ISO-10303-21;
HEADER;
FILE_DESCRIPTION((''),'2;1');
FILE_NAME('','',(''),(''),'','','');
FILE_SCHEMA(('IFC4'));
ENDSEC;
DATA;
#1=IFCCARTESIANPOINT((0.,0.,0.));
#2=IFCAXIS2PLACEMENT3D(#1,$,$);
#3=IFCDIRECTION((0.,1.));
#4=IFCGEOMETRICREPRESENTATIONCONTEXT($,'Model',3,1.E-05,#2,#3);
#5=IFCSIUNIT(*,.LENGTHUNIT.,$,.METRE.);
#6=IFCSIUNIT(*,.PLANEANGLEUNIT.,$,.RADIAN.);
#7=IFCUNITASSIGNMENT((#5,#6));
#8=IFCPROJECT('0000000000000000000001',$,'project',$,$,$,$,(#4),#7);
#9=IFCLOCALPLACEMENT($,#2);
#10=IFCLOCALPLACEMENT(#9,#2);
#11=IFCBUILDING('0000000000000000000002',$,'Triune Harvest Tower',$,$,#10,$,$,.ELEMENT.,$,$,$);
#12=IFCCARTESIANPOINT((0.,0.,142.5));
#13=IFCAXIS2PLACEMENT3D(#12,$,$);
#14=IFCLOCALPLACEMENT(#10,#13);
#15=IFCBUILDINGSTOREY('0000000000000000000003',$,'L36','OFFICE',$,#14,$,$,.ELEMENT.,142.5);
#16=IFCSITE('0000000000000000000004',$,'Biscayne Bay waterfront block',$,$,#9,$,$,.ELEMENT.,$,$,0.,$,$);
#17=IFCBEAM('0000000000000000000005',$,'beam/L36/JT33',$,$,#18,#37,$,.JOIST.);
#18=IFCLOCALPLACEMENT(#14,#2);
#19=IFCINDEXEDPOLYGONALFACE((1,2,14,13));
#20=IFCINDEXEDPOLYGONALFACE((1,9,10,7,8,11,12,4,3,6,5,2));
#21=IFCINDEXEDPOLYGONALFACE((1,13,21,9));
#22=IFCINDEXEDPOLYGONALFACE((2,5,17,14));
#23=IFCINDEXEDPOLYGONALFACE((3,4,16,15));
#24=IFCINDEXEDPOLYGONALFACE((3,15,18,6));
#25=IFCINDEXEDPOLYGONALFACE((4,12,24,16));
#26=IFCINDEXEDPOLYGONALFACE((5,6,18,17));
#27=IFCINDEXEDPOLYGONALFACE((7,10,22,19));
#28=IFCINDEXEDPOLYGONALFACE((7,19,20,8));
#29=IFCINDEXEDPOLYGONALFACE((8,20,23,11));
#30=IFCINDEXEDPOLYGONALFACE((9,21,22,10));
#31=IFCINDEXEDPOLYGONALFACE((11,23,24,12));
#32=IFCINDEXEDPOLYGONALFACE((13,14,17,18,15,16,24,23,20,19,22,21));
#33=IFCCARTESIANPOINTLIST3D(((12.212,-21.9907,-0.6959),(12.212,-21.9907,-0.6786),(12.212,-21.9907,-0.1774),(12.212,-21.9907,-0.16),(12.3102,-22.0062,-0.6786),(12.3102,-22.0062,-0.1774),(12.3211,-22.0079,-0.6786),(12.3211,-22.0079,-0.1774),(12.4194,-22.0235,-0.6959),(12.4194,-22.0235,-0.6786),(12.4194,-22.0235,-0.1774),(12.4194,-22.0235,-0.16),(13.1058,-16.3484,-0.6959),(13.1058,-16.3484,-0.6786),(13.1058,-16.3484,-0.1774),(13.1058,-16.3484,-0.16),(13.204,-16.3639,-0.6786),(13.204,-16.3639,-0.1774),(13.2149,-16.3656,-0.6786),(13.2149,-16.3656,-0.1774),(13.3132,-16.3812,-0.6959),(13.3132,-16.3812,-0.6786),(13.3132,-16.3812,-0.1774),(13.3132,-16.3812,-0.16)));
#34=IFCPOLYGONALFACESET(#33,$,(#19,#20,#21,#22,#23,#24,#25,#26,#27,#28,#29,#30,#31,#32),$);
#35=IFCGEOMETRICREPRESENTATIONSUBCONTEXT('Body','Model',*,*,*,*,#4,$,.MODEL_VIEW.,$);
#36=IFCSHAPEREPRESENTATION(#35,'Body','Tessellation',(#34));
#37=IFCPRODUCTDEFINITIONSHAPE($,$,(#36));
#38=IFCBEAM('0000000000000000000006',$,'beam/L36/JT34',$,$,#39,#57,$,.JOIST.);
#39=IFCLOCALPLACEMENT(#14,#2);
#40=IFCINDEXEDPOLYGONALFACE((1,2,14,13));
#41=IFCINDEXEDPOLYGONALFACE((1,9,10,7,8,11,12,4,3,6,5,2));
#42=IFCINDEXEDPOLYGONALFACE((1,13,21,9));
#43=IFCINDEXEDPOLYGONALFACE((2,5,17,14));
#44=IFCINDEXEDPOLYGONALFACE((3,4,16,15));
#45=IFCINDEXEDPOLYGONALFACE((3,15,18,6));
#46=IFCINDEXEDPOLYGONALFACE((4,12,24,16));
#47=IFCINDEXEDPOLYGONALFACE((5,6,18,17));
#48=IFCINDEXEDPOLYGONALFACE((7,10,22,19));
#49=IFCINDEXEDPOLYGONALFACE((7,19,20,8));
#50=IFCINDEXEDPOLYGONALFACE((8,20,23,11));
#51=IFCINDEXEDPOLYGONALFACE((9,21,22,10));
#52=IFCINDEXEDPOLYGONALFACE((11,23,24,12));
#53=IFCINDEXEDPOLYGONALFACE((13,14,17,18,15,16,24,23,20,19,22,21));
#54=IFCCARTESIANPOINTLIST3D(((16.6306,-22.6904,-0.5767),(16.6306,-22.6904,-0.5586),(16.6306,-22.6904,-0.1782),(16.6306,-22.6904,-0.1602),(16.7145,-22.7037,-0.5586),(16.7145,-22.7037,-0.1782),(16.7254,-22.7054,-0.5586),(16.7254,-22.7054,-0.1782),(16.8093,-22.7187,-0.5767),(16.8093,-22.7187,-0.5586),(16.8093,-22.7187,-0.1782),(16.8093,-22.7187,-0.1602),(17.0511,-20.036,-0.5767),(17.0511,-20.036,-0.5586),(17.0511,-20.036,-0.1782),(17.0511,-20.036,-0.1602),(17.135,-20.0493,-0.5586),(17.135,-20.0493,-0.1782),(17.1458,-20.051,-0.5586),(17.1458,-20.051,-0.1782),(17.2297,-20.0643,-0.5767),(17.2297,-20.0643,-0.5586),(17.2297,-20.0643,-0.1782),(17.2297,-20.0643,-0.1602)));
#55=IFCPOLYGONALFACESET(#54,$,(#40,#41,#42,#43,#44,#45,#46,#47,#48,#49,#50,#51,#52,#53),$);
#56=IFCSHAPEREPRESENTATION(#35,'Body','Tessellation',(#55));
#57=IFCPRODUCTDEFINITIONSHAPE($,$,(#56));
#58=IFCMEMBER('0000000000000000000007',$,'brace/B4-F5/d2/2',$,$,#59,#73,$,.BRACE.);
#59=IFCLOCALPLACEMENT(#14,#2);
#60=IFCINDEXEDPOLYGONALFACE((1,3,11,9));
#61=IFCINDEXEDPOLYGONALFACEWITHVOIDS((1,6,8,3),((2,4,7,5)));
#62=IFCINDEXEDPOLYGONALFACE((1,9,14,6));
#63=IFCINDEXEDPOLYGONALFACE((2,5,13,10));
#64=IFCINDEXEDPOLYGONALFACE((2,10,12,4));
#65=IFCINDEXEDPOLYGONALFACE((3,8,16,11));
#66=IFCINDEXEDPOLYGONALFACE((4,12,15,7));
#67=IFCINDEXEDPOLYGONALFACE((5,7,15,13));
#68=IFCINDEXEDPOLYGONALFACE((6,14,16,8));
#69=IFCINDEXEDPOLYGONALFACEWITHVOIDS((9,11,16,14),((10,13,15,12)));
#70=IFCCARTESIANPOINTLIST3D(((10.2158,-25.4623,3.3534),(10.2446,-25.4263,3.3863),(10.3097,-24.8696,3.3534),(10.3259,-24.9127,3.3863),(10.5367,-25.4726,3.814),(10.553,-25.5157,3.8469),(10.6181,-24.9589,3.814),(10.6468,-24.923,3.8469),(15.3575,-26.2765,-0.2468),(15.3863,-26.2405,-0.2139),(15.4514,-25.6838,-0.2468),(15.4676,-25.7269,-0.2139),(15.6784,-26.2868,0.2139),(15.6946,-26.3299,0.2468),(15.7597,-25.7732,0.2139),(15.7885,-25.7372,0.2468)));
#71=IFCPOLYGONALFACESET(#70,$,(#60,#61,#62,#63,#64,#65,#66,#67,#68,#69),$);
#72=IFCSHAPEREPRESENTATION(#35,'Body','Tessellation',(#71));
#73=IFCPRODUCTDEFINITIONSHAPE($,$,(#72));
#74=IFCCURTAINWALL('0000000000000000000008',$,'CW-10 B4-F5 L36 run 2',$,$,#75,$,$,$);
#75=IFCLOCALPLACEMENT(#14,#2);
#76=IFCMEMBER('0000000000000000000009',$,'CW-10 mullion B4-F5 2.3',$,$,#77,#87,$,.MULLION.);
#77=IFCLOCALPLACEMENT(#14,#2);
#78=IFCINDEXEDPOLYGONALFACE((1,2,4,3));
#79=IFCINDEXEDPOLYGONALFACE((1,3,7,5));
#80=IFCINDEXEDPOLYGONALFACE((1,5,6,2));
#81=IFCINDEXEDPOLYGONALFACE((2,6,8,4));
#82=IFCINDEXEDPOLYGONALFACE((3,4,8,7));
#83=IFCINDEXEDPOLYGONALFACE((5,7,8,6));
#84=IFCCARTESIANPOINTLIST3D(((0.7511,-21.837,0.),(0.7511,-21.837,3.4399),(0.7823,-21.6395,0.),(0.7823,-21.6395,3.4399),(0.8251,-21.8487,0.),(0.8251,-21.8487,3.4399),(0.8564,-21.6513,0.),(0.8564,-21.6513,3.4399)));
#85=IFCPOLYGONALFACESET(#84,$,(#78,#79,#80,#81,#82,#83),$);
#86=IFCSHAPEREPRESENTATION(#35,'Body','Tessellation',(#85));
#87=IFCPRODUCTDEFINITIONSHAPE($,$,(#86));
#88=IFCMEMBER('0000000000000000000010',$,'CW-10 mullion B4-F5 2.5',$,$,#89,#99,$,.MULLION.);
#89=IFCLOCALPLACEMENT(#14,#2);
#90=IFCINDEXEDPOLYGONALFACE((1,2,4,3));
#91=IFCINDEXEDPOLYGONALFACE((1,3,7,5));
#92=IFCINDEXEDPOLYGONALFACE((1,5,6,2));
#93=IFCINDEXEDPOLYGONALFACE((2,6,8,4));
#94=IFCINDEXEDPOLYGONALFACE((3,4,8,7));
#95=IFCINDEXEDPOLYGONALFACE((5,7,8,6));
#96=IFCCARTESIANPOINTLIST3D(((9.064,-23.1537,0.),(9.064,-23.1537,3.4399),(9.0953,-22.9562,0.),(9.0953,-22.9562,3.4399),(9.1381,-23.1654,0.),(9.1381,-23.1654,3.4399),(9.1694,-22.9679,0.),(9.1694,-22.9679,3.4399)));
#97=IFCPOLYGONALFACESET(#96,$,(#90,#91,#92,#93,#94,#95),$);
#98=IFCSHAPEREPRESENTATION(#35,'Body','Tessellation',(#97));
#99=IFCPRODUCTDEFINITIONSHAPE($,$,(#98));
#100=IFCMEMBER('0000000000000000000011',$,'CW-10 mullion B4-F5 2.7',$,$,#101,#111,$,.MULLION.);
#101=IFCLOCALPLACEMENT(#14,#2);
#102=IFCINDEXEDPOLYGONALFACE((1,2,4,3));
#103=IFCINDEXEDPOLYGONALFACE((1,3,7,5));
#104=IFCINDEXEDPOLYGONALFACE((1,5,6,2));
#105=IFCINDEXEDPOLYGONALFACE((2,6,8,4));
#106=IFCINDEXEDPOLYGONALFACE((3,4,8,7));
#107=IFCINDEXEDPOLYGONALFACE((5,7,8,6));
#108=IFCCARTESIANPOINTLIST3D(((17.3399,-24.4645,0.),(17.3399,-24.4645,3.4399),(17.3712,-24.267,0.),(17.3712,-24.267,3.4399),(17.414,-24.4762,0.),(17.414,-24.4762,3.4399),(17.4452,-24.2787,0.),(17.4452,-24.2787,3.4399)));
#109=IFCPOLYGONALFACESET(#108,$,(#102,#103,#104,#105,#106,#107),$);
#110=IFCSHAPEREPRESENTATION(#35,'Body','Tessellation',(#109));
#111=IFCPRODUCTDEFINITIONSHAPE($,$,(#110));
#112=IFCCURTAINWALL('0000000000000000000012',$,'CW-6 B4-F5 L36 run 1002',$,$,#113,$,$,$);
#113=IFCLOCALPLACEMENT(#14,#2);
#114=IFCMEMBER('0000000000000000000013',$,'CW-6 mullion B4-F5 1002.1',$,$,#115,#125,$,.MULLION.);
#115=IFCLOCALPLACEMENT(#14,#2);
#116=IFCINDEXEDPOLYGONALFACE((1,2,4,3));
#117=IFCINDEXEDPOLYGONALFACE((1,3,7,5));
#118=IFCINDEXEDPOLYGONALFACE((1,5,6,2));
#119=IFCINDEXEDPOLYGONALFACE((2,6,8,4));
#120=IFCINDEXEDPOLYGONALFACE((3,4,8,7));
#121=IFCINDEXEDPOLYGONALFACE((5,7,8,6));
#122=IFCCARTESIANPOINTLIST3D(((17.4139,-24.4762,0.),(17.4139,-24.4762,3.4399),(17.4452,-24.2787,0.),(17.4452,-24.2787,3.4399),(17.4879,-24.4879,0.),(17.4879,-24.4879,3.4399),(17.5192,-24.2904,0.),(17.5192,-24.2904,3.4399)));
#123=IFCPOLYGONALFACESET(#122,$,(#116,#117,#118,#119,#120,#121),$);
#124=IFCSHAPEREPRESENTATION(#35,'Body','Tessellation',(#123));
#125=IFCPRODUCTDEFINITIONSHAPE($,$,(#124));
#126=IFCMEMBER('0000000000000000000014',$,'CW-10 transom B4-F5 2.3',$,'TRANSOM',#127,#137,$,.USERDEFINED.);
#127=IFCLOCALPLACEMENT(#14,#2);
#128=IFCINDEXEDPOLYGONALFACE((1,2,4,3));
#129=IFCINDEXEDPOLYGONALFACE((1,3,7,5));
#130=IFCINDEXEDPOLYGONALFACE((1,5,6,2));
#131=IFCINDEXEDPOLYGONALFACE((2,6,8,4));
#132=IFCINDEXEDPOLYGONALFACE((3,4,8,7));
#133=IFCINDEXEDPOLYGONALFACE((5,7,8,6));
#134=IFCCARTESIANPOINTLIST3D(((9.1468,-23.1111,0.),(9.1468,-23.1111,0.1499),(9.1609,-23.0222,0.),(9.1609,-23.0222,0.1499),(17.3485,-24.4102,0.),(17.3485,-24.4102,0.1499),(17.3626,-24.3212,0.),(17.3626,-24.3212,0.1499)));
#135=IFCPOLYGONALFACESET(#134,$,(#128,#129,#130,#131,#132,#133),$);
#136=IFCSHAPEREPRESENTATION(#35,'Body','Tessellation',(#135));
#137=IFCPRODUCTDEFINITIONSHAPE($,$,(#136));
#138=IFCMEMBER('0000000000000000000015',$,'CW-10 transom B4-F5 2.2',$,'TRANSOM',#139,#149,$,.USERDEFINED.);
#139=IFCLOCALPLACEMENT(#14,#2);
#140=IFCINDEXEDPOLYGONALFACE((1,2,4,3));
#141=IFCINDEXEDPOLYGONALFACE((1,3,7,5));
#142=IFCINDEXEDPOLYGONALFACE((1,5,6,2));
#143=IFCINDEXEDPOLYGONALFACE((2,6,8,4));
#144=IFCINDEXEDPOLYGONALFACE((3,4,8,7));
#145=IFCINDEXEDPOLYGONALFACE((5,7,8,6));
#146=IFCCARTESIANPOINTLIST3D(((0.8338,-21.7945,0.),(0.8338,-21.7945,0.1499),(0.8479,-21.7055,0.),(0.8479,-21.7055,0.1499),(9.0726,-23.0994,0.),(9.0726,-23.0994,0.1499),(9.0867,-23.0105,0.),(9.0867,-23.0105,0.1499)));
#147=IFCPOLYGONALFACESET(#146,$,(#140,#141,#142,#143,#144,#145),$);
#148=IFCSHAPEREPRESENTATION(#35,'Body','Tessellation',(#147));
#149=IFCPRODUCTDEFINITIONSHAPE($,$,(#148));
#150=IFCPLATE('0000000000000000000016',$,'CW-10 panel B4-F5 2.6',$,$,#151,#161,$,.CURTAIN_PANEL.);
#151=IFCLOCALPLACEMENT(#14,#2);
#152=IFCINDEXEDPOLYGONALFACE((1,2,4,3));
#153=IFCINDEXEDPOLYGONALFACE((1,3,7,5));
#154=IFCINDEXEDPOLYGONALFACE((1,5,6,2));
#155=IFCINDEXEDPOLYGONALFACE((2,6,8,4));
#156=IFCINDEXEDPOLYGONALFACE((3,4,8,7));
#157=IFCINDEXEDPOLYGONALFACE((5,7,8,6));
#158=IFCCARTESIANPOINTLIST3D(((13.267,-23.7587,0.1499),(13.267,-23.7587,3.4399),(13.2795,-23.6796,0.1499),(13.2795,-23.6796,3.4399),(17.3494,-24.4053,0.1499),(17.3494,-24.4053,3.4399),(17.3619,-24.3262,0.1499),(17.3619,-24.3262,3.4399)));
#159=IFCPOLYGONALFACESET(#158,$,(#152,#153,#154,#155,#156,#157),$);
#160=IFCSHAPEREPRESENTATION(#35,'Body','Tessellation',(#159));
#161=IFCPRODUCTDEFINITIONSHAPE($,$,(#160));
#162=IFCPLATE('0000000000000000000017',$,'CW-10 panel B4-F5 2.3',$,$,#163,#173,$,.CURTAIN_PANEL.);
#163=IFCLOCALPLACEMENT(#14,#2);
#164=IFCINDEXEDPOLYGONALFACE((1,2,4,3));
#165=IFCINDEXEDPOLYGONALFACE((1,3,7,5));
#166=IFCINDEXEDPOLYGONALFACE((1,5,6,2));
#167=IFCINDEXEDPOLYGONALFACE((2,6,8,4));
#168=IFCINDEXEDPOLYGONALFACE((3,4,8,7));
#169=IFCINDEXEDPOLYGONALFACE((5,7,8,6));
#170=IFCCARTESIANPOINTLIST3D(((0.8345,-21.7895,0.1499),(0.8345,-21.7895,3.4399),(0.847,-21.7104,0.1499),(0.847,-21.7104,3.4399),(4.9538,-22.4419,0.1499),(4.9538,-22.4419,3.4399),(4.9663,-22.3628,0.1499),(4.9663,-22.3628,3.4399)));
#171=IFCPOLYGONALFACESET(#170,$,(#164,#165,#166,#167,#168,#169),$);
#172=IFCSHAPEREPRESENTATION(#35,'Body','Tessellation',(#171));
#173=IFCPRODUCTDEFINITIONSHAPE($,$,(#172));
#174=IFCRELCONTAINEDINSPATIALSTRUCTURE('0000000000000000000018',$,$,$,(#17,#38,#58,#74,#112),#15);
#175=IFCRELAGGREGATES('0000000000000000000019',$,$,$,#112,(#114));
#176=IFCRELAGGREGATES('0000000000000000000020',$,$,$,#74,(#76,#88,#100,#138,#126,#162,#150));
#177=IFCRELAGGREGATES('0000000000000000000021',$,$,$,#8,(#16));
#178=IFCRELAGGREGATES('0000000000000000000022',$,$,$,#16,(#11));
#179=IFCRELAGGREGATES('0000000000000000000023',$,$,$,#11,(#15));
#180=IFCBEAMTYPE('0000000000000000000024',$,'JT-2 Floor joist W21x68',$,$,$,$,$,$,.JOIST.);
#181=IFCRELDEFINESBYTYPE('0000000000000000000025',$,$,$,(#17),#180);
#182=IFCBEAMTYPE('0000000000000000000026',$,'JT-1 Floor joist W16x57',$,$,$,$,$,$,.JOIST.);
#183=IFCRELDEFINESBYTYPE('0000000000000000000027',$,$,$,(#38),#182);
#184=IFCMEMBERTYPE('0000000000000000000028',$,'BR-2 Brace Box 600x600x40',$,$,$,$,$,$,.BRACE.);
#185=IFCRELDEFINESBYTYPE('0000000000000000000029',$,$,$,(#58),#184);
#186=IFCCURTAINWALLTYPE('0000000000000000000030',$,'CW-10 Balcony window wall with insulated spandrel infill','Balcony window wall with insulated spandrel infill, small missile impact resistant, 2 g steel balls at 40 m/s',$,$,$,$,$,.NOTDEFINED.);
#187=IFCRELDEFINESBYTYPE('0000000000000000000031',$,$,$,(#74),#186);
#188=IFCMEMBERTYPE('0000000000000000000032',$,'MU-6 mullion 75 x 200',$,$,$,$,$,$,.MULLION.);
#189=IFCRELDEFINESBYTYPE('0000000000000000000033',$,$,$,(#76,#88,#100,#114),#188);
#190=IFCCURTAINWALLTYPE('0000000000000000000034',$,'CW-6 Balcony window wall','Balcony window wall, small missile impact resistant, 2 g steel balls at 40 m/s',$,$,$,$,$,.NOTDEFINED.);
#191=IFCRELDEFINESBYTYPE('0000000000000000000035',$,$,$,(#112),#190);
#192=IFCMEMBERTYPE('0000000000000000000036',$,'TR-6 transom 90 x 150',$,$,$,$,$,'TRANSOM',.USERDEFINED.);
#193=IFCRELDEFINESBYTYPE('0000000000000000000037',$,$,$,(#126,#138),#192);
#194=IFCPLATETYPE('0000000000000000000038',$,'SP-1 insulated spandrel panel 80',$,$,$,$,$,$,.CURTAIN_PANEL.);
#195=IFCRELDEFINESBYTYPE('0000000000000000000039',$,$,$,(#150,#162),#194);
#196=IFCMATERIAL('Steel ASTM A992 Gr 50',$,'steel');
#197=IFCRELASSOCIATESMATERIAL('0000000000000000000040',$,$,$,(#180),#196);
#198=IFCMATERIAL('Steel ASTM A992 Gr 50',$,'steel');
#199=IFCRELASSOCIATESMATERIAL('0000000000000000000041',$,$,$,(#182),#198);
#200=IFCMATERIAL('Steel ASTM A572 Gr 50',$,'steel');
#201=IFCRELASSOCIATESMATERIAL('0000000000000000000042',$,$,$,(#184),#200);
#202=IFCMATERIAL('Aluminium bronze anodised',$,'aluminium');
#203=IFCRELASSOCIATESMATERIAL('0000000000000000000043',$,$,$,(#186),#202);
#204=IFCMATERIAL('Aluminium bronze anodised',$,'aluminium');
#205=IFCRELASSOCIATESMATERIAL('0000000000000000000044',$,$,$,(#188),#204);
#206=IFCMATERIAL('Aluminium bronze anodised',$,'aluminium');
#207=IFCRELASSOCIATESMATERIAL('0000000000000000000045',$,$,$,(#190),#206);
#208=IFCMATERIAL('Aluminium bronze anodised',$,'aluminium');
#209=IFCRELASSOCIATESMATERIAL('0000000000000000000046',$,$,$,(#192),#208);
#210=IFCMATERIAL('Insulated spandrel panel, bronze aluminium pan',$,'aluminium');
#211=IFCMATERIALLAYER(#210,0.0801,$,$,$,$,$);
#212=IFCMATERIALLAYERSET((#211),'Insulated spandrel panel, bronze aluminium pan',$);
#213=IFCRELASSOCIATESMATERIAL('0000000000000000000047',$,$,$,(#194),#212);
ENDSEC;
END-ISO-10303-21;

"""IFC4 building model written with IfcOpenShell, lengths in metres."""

from ifc_helpers import new_model, si_unit, direction, frame, origin, origin_2d, place, context, subcontext, project, spatial, rectangle, hollow_rectangle, i_section, extrude, source, transform, mapped, material, layer, layer_set, material_profile, profile_set, type_object, element, aggregate, save


model = new_model("IFC4")

# Units and contexts
model_context = context("Model", 3, precision=1e-05, world=origin(), true_north=direction((0.0, 1.0)))
body_context = subcontext(model_context, "Body", "Model", "MODEL_VIEW")
ifc_project = project(units=[si_unit("LENGTHUNIT", "METRE"), si_unit("PLANEANGLEUNIT", "RADIAN")], contexts=[model_context])

# Site, building, storey
site_placement = place(None, origin())
site = spatial("IfcSite", under=ifc_project, at=site_placement, Name="Biscayne Bay waterfront block", CompositionType="ELEMENT", RefElevation=0.0)
building_placement = place(site_placement, origin())
building = spatial("IfcBuilding", under=site, at=building_placement, Name="Triune Harvest Tower", CompositionType="ELEMENT")
storey_placement = place(building_placement, frame((0.0, 0.0, 142.5)))
storey = spatial("IfcBuildingStorey", under=building, at=storey_placement, Name="L36", Description="OFFICE", CompositionType="ELEMENT", Elevation=142.5)

# Beams
ifc_material_1 = material(Name="Steel ASTM A992 Gr 50", Category="steel")
ifc_material_profile_1 = material_profile(ifc_material_1, i_section(OverallWidth=0.21, OverallDepth=0.5359, WebThickness=0.011, FlangeThickness=0.0173, at=origin_2d()), Name="W21x68")
ifc_profile_set_1 = profile_set([ifc_material_profile_1], Name="Steel ASTM A992 Gr 50")
beam_type_1 = type_object("IfcBeamType", Name="JT-2 Floor joist W21x68", PredefinedType="JOIST", material=ifc_profile_set_1)
shared_shape_1 = source(origin(), body_context, "Body", "SweptSolid", [
    extrude(i_section(OverallWidth=0.21, OverallDepth=0.5359, WebThickness=0.011, FlangeThickness=0.0173, at=origin_2d()), origin(), (0.0, 0.0, 1.0), 5.7126),
])
beam_1_placement = place(storey_placement, frame((12.3157, -22.0071, -0.428), z_axis=(0.156459, 0.987685, 0.0), x_axis=(-0.987685, 0.156459, 0.0)))
element("IfcBeam", 1, at=beam_1_placement, inside=storey, type_object=beam_type_1, Name="beam/L36/JT33", PredefinedType="JOIST", context=body_context, shape_type="MappedRepresentation", body=[
    mapped(shared_shape_1, transform((0.0, 0.0, 0.0), scale=1.0)),
])
ifc_material_2 = material(Name="Steel ASTM A992 Gr 50", Category="steel")
ifc_material_profile_2 = material_profile(ifc_material_2, i_section(OverallWidth=0.1809, OverallDepth=0.4165, WebThickness=0.011, FlangeThickness=0.0181, at=origin_2d()), Name="W16x57")
ifc_profile_set_2 = profile_set([ifc_material_profile_2], Name="Steel ASTM A992 Gr 50")
beam_type_2 = type_object("IfcBeamType", Name="JT-1 Floor joist W16x57", PredefinedType="JOIST", material=ifc_profile_set_2)
shared_shape_2 = source(origin(), body_context, "Body", "SweptSolid", [
    extrude(i_section(OverallWidth=0.1809, OverallDepth=0.4165, WebThickness=0.011, FlangeThickness=0.0181, at=origin_2d()), origin(), (0.0, 0.0, 1.0), 2.6875),
])
beam_2_placement = place(storey_placement, frame((16.72, -22.7046, -0.3684), z_axis=(0.156438, 0.987688, 0.0), x_axis=(-0.987688, 0.156438, 0.0)))
element("IfcBeam", 2, at=beam_2_placement, inside=storey, type_object=beam_type_2, Name="beam/L36/JT34", PredefinedType="JOIST", context=body_context, shape_type="MappedRepresentation", body=[
    mapped(shared_shape_2, transform((0.0, 0.0, 0.0), scale=1.0)),
])

# Member
ifc_material_3 = material(Name="Steel ASTM A572 Gr 50", Category="steel")
ifc_material_profile_3 = material_profile(ifc_material_3, hollow_rectangle(XDim=0.6001, YDim=0.6001, WallThickness=0.04, at=origin_2d()), Name="Box 600x600x40")
ifc_profile_set_3 = profile_set([ifc_material_profile_3], Name="Steel ASTM A572 Gr 50")
member_type_1 = type_object("IfcMemberType", Name="BR-2 Brace Box 600x600x40", PredefinedType="BRACE", material=ifc_profile_set_3)
shared_shape_3 = source(origin(), body_context, "Body", "SweptSolid", [
    extrude(hollow_rectangle(XDim=0.6001, YDim=0.6001, WallThickness=0.04, at=origin_2d()), origin(), (0.0, 0.0, 1.0), 6.3293),
])
member_1_placement = place(storey_placement, frame((15.573, -26.0068, 0.0), z_axis=(-0.812353, 0.128642, 0.568801), x_axis=(-0.156408, -0.987693, 0.0)))
element("IfcMember", 3, at=member_1_placement, inside=storey, type_object=member_type_1, Name="brace/B4-F5/d2/2", PredefinedType="BRACE", context=body_context, shape_type="MappedRepresentation", body=[
    mapped(shared_shape_3, transform((0.0, 0.0, 0.0), scale=1.0)),
])

# Curtain wall, members
ifc_material_4 = material(Name="Aluminium bronze anodised", Category="aluminium")
curtain_wall_type_1 = type_object("IfcCurtainWallType", Name="CW-10 Balcony window wall with insulated spandrel infill", Description="Balcony window wall with insulated spandrel infill, small missile impact resistant, 2 g steel balls at 40 m/s", PredefinedType="NOTDEFINED", material=ifc_material_4)
curtain_wall_1_placement = place(storey_placement, origin())
curtain_wall_1 = element("IfcCurtainWall", 4, at=curtain_wall_1_placement, inside=storey, type_object=curtain_wall_type_1, Name="CW-10 B4-F5 L36 run 2")
ifc_material_5 = material(Name="Aluminium bronze anodised", Category="aluminium")
ifc_material_profile_4 = material_profile(ifc_material_5, rectangle(XDim=0.2, YDim=0.075, at=origin_2d()), Name="MU-6 mullion 75 x 200")
ifc_profile_set_4 = profile_set([ifc_material_profile_4], Name="Aluminium bronze anodised")
member_type_2 = type_object("IfcMemberType", Name="MU-6 mullion 75 x 200", PredefinedType="MULLION", material=ifc_profile_set_4)
shared_shape_4 = source(origin(), body_context, "Body", "SweptSolid", [
    extrude(rectangle(XDim=0.2, YDim=0.075, at=origin_2d()), origin(), (0.0, 0.0, 1.0), 3.4399),
])
member_2_placement = place(storey_placement, frame((0.8037, -21.7441, 0.0), z_axis=(0.0, 0.0, 1.0), x_axis=(0.156435, 0.987688, 0.0)))
member_2 = element("IfcMember", 5, at=member_2_placement, type_object=member_type_2, Name="CW-10 mullion B4-F5 2.3", PredefinedType="MULLION", context=body_context, shape_type="MappedRepresentation", body=[
    mapped(shared_shape_4, transform((0.0, 0.0, 0.0), scale=1.0)),
])
member_3_placement = place(storey_placement, frame((9.1167, -23.0608, 0.0), z_axis=(0.0, 0.0, 1.0), x_axis=(0.156435, 0.987688, 0.0)))
member_3 = element("IfcMember", 6, at=member_3_placement, type_object=member_type_2, Name="CW-10 mullion B4-F5 2.5", PredefinedType="MULLION", context=body_context, shape_type="MappedRepresentation", body=[
    mapped(shared_shape_4, transform((0.0, 0.0, 0.0), scale=1.0)),
])
member_4_placement = place(storey_placement, frame((17.3926, -24.3716, 0.0), z_axis=(0.0, 0.0, 1.0), x_axis=(0.156435, 0.987688, 0.0)))
member_4 = element("IfcMember", 7, at=member_4_placement, type_object=member_type_2, Name="CW-10 mullion B4-F5 2.7", PredefinedType="MULLION", context=body_context, shape_type="MappedRepresentation", body=[
    mapped(shared_shape_4, transform((0.0, 0.0, 0.0), scale=1.0)),
])

# Curtain wall, member
ifc_material_6 = material(Name="Aluminium bronze anodised", Category="aluminium")
curtain_wall_type_2 = type_object("IfcCurtainWallType", Name="CW-6 Balcony window wall", Description="Balcony window wall, small missile impact resistant, 2 g steel balls at 40 m/s", PredefinedType="NOTDEFINED", material=ifc_material_6)
curtain_wall_2_placement = place(storey_placement, origin())
curtain_wall_2 = element("IfcCurtainWall", 8, at=curtain_wall_2_placement, inside=storey, type_object=curtain_wall_type_2, Name="CW-6 B4-F5 L36 run 1002")
member_5_placement = place(storey_placement, frame((17.4666, -24.3833, 0.0), z_axis=(0.0, 0.0, 1.0), x_axis=(0.156433, 0.987689, 0.0)))
member_5 = element("IfcMember", 9, at=member_5_placement, type_object=member_type_2, Name="CW-6 mullion B4-F5 1002.1", PredefinedType="MULLION", context=body_context, shape_type="MappedRepresentation", body=[
    mapped(shared_shape_4, transform((0.0, 0.0, 0.0), scale=1.0)),
])
aggregate(curtain_wall_2, [member_5])

# Members
ifc_material_7 = material(Name="Aluminium bronze anodised", Category="aluminium")
ifc_material_profile_5 = material_profile(ifc_material_7, rectangle(XDim=0.0901, YDim=0.1499, at=origin_2d()), Name="TR-6 transom 90 x 150")
ifc_profile_set_5 = profile_set([ifc_material_profile_5], Name="Aluminium bronze anodised")
member_type_3 = type_object("IfcMemberType", Name="TR-6 transom 90 x 150", ElementType="TRANSOM", PredefinedType="USERDEFINED", material=ifc_profile_set_5)
shared_shape_5 = source(origin(), body_context, "Body", "SweptSolid", [
    extrude(rectangle(XDim=0.0901, YDim=0.1499, at=origin_2d()), origin(), (0.0, 0.0, 1.0), 8.304),
])
member_6_placement = place(storey_placement, frame((9.1538, -23.0667, 0.075), z_axis=(0.987687, -0.156441, 0.0), x_axis=(0.156441, 0.987687, 0.0)))
member_6 = element("IfcMember", 10, at=member_6_placement, type_object=member_type_3, Name="CW-10 transom B4-F5 2.3", ObjectType="TRANSOM", PredefinedType="USERDEFINED", context=body_context, shape_type="MappedRepresentation", body=[
    mapped(shared_shape_5, transform((0.0, 0.0, 0.0), scale=1.0)),
])
shared_shape_6 = source(origin(), body_context, "Body", "SweptSolid", [
    extrude(rectangle(XDim=0.0901, YDim=0.1499, at=origin_2d()), origin(), (0.0, 0.0, 1.0), 8.3416),
])
member_7_placement = place(storey_placement, frame((0.8408, -21.75, 0.075), z_axis=(0.987688, -0.156439, 0.0), x_axis=(0.156439, 0.987688, 0.0)))
member_7 = element("IfcMember", 11, at=member_7_placement, type_object=member_type_3, Name="CW-10 transom B4-F5 2.2", ObjectType="TRANSOM", PredefinedType="USERDEFINED", context=body_context, shape_type="MappedRepresentation", body=[
    mapped(shared_shape_6, transform((0.0, 0.0, 0.0), scale=1.0)),
])

# Plates
ifc_material_8 = material(Name="Insulated spandrel panel, bronze aluminium pan", Category="aluminium")
ifc_layer_1 = layer(ifc_material_8, 0.0801)
ifc_layer_set_1 = layer_set([ifc_layer_1], Name="Insulated spandrel panel, bronze aluminium pan")
plate_type = type_object("IfcPlateType", Name="SP-1 insulated spandrel panel 80", PredefinedType="CURTAIN_PANEL", material=ifc_layer_set_1)
shared_shape_7 = source(origin(), body_context, "Body", "SweptSolid", [
    extrude(rectangle(XDim=4.1333, YDim=0.0801, at=origin_2d()), origin(), (0.0, 0.0, 1.0), 3.29),
])
plate_1_placement = place(storey_placement, frame((15.3145, -24.0425, 0.1499), z_axis=(0.0, 0.0, 1.0), x_axis=(0.987688, -0.156435, 0.0)))
plate_1 = element("IfcPlate", 12, at=plate_1_placement, type_object=plate_type, Name="CW-10 panel B4-F5 2.6", PredefinedType="CURTAIN_PANEL", context=body_context, shape_type="MappedRepresentation", body=[
    mapped(shared_shape_7, transform((0.0, 0.0, 0.0), scale=1.0)),
])
shared_shape_8 = source(origin(), body_context, "Body", "SweptSolid", [
    extrude(rectangle(XDim=4.1707, YDim=0.0801, at=origin_2d()), origin(), (0.0, 0.0, 1.0), 3.29),
])
plate_2_placement = place(storey_placement, frame((2.9004, -22.0762, 0.1499), z_axis=(0.0, 0.0, 1.0), x_axis=(0.987688, -0.156435, 0.0)))
plate_2 = element("IfcPlate", 13, at=plate_2_placement, type_object=plate_type, Name="CW-10 panel B4-F5 2.3", PredefinedType="CURTAIN_PANEL", context=body_context, shape_type="MappedRepresentation", body=[
    mapped(shared_shape_8, transform((0.0, 0.0, 0.0), scale=1.0)),
])
aggregate(curtain_wall_1, [member_2, member_3, member_4, member_7, member_6, plate_2, plate_1])

save(model, "model.ifc")
